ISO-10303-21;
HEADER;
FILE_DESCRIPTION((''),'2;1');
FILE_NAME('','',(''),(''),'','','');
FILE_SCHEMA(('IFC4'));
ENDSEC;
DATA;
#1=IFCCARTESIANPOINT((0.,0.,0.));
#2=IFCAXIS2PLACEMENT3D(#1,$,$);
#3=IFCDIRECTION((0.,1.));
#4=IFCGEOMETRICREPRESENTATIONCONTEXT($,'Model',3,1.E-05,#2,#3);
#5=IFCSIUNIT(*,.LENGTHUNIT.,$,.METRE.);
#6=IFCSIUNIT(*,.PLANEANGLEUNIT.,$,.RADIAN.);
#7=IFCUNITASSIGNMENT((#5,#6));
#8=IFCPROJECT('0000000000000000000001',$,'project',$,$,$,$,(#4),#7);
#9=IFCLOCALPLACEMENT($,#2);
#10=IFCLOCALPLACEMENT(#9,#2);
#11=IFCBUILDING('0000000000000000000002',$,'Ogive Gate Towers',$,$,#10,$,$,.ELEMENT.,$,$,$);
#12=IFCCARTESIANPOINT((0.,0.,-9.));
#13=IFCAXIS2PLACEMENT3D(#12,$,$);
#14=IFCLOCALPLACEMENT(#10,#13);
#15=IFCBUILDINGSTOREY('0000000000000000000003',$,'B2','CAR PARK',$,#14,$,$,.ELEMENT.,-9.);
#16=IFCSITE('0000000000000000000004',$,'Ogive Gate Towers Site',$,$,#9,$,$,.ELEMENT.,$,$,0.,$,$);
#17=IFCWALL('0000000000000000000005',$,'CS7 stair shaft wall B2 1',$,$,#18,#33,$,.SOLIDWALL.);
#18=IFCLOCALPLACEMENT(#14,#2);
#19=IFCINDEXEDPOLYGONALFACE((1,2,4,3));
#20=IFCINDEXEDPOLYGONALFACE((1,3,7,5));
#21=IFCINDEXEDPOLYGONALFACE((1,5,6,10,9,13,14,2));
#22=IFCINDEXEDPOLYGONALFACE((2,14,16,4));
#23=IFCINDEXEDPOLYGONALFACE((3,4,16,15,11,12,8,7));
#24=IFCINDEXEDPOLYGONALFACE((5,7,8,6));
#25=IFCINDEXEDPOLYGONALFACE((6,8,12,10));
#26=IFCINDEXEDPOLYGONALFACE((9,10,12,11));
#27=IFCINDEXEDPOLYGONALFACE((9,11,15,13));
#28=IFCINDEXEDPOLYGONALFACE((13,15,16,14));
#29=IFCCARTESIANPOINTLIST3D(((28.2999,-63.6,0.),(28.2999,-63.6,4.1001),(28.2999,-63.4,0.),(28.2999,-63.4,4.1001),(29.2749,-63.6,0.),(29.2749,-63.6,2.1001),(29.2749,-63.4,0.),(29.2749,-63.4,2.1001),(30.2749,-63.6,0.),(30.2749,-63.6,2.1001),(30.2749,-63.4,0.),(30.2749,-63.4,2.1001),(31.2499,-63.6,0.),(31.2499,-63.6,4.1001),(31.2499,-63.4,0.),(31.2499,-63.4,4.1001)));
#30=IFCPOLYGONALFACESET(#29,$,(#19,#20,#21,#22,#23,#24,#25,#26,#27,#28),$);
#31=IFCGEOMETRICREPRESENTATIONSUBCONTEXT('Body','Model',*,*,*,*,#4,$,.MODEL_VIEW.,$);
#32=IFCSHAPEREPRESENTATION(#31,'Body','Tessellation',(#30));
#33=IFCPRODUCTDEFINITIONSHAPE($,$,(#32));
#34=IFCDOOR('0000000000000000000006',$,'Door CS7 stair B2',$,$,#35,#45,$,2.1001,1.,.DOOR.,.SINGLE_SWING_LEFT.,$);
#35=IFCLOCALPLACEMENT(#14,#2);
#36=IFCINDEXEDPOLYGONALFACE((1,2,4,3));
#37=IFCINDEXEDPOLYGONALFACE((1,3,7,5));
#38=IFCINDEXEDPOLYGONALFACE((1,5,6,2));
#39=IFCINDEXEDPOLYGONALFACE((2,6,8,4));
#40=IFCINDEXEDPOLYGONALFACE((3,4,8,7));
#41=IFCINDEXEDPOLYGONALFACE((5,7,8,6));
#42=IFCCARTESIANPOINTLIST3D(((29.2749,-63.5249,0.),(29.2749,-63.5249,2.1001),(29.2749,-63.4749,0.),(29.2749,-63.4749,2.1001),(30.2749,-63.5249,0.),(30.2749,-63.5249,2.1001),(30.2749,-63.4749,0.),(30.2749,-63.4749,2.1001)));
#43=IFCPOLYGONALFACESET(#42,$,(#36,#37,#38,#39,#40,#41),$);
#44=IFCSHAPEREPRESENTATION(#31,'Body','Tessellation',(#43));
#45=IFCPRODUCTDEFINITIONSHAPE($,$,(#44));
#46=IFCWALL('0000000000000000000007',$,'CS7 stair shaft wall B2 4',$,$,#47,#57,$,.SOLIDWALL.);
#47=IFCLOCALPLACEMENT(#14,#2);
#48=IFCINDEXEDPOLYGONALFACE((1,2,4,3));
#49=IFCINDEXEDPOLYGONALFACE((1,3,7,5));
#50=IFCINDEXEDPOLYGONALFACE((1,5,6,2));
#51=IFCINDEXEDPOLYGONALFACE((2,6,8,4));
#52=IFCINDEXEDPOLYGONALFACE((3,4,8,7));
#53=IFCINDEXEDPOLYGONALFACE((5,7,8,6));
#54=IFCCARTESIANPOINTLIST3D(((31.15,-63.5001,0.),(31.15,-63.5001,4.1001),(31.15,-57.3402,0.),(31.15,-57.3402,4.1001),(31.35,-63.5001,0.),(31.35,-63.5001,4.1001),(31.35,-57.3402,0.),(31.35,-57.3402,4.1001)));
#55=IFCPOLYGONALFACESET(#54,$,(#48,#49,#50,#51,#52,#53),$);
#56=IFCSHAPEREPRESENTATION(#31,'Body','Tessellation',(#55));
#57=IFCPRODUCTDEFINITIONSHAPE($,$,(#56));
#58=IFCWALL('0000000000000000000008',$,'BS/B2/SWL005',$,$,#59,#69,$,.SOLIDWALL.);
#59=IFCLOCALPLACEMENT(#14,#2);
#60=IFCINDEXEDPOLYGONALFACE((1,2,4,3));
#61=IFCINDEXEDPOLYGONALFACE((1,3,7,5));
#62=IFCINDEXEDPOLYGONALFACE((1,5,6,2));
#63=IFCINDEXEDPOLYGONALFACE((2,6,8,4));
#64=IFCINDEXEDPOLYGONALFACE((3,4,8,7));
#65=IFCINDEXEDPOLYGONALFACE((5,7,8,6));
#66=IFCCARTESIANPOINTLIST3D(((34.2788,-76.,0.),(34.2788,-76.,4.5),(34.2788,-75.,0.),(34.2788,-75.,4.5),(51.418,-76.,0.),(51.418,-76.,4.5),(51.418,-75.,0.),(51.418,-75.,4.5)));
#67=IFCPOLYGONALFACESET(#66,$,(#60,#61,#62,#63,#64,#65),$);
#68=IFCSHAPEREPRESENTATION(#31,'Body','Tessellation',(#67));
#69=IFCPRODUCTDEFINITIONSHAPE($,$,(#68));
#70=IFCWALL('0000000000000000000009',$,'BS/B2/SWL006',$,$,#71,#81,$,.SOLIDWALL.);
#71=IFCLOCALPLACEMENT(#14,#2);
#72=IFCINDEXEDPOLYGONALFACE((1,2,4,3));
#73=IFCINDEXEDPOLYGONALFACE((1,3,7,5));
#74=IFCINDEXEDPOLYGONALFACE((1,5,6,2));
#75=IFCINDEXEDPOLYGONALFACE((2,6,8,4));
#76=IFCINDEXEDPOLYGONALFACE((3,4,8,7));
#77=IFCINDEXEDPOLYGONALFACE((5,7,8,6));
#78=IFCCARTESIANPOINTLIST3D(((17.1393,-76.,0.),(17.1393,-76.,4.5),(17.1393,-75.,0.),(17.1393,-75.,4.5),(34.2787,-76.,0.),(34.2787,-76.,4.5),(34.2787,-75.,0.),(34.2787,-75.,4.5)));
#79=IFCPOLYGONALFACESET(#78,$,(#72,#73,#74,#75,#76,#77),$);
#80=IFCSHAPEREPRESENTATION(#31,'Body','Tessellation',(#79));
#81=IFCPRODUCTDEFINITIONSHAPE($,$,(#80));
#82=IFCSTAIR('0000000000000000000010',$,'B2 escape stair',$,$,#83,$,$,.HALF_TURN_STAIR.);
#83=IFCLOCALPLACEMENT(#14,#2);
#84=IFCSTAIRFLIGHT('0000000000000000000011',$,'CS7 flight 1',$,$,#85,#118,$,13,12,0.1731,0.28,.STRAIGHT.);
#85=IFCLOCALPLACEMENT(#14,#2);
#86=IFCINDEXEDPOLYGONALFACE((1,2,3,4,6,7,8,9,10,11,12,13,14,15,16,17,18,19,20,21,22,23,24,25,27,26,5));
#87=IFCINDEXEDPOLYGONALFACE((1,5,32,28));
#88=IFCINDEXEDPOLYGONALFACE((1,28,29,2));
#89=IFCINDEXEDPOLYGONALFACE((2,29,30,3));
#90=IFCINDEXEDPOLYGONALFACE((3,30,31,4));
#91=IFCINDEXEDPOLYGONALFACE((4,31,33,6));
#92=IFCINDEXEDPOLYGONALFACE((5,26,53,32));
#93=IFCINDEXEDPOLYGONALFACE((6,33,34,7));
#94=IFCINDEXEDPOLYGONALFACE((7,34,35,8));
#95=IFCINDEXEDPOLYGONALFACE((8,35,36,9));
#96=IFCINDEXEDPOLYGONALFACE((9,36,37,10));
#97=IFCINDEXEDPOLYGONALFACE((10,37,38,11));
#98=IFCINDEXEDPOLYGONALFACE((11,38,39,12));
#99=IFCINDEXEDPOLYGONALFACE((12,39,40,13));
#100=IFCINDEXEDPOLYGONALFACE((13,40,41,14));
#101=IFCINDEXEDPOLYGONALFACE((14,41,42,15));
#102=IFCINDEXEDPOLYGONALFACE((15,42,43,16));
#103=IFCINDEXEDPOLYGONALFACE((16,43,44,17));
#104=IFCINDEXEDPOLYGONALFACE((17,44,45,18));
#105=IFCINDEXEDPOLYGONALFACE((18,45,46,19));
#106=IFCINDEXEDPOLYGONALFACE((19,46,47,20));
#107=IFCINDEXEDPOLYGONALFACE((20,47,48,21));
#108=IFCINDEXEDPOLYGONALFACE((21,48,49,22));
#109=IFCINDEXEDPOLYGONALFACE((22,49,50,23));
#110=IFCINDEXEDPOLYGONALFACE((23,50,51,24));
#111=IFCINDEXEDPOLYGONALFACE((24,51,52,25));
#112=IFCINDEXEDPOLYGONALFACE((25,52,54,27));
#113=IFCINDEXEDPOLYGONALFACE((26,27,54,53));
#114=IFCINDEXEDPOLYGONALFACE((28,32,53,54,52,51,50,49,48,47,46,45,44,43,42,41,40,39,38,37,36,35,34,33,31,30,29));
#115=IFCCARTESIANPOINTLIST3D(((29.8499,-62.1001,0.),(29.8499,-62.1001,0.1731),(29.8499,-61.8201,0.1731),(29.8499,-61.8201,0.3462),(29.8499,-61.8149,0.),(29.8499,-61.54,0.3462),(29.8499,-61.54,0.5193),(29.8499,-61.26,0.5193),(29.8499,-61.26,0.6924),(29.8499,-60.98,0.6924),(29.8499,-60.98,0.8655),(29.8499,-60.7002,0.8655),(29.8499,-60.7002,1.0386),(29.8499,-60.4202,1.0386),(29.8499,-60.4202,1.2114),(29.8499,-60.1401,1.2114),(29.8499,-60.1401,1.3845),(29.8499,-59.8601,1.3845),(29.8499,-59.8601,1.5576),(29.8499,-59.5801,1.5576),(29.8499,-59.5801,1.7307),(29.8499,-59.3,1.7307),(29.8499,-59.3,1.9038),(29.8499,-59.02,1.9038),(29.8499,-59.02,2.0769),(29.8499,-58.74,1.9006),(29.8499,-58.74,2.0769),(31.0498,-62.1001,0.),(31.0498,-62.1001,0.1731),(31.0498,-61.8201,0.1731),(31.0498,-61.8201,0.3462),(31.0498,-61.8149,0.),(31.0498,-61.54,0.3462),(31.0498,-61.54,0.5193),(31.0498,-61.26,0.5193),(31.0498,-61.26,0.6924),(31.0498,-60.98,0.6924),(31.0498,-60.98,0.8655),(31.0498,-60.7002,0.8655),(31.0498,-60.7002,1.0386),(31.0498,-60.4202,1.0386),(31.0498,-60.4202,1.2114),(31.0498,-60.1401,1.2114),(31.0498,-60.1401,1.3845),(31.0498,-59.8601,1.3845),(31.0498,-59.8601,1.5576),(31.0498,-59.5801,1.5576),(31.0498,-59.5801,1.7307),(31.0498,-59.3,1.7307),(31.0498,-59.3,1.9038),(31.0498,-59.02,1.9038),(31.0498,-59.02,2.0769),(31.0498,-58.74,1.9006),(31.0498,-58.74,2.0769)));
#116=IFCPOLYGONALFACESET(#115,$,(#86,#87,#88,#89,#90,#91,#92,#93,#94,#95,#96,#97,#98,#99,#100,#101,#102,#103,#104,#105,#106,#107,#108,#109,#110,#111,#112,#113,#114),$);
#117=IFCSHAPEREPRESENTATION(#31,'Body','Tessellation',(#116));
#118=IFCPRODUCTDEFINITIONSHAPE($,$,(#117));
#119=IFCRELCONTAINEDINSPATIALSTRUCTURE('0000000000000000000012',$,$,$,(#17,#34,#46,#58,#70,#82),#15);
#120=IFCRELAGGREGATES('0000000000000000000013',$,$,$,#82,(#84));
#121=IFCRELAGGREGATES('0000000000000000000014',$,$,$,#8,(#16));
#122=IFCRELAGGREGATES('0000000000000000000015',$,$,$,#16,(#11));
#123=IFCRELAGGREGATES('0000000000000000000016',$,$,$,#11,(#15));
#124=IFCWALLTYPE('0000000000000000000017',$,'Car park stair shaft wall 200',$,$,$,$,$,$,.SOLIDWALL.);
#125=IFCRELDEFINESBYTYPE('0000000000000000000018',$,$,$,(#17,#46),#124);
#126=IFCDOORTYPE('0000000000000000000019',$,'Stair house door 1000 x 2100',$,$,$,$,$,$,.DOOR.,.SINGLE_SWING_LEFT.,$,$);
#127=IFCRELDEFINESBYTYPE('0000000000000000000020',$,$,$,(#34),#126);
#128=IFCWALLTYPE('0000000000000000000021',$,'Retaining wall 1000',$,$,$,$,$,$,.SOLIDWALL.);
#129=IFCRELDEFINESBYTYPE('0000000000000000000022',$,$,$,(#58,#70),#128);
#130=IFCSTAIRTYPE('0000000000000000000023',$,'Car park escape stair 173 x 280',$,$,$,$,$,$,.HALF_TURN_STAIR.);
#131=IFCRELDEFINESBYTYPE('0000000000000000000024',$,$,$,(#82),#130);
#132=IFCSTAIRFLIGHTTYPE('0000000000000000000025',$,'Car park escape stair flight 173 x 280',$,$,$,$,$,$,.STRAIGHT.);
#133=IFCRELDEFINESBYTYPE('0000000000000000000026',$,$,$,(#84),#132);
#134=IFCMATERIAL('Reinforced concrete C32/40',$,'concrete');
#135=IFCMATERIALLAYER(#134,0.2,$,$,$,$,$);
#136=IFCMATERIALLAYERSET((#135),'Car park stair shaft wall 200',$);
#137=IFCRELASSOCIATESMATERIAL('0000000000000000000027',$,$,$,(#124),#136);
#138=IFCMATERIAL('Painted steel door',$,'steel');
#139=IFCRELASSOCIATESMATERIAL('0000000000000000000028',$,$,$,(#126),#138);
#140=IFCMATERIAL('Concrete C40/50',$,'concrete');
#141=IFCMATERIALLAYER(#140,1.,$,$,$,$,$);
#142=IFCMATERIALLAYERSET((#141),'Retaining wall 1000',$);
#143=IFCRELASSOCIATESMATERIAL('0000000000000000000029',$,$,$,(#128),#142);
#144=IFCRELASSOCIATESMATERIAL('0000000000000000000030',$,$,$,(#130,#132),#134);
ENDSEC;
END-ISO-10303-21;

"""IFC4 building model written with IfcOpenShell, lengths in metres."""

from ifc_helpers import new_model, si_unit, direction, frame, frame_2d, origin, place, context, subcontext, project, spatial, polyline, rectangle, outline, extrude, material, layer, layer_set, type_object, element, fill, aggregate, save


model = new_model("IFC4")

# Units and contexts
model_context = context("Model", 3, precision=1e-05, world=origin(), true_north=direction((0.0, 1.0)))
body_context = subcontext(model_context, "Body", "Model", "MODEL_VIEW")
ifc_project = project(units=[si_unit("LENGTHUNIT", "METRE"), si_unit("PLANEANGLEUNIT", "RADIAN")], contexts=[model_context])

# Site, building, storey
site_placement = place(None, origin())
site = spatial("IfcSite", under=ifc_project, at=site_placement, Name="Ogive Gate Towers Site", CompositionType="ELEMENT", RefElevation=0.0)
building_placement = place(site_placement, origin())
building = spatial("IfcBuilding", under=site, at=building_placement, Name="Ogive Gate Towers", CompositionType="ELEMENT")
storey_placement = place(building_placement, frame((0.0, 0.0, -9.0)))
storey = spatial("IfcBuildingStorey", under=building, at=storey_placement, Name="B2", Description="CAR PARK", CompositionType="ELEMENT", Elevation=-9.0)

# Shared definitions
ifc_material_1 = material(Name="Concrete C40/50", Category="concrete")

# Wall, opening, door
ifc_material_2 = material(Name="Reinforced concrete C32/40", Category="concrete")
ifc_layer_1 = layer(ifc_material_2, 0.2)
ifc_layer_set_1 = layer_set([ifc_layer_1], Name="Car park stair shaft wall 200")
wall_type_1 = type_object("IfcWallType", Name="Car park stair shaft wall 200", PredefinedType="SOLIDWALL", material=ifc_layer_set_1)
wall_1_placement = place(storey_placement, frame((31.25, -63.5, 0.0), z_axis=(0.0, 0.0, 1.0), x_axis=(-1.0, 0.0, 0.0)))
wall_1 = element("IfcWall", 1, at=wall_1_placement, inside=storey, type_object=wall_type_1, Name="CS7 stair shaft wall B2 1", PredefinedType="SOLIDWALL", context=body_context, shape_type="SweptSolid", body=[
    extrude(rectangle(XDim=2.95, YDim=0.2, at=frame_2d((1.4751, 0.0))), origin(), (0.0, 0.0, 1.0), 4.1001),
])
opening_placement = place(wall_1_placement, frame((0.9751, 0.0, 0.0)))
opening = element("IfcOpeningElement", 2, at=opening_placement, cuts=wall_1, PredefinedType="OPENING", context=body_context, shape_type="SweptSolid", body=[
    extrude(rectangle(XDim=1.0, YDim=2.1001, at=frame_2d((0.5, 1.05))), frame((0.0, 0.1099, 0.0), z_axis=(0.0, -1.0, 0.0), x_axis=(1.0, 0.0, 0.0)), (0.0, 0.0, 1.0), 0.22),
])
ifc_material_3 = material(Name="Painted steel door", Category="steel")
door_type = type_object("IfcDoorType", Name="Stair house door 1000 x 2100", OperationType="SINGLE_SWING_LEFT", PredefinedType="DOOR", material=ifc_material_3)
door_placement = place(opening_placement, origin())
door = element("IfcDoor", 3, at=door_placement, inside=storey, type_object=door_type, Name="Door CS7 stair B2", OperationType="SINGLE_SWING_LEFT", OverallHeight=2.1001, OverallWidth=1.0, PredefinedType="DOOR", context=body_context, shape_type="SweptSolid", body=[
    extrude(rectangle(XDim=1.0, YDim=2.1001, at=frame_2d((0.5, 1.05))), frame((0.0, 0.0249, 0.0), z_axis=(0.0, -1.0, 0.0), x_axis=(1.0, 0.0, 0.0)), (0.0, 0.0, 1.0), 0.05),
])
fill(opening, door)

# Walls
wall_2_placement = place(storey_placement, frame((31.25, -57.3401, 0.0), z_axis=(0.0, 0.0, 1.0), x_axis=(0.0, -1.0, 0.0)))
element("IfcWall", 4, at=wall_2_placement, inside=storey, type_object=wall_type_1, Name="CS7 stair shaft wall B2 4", PredefinedType="SOLIDWALL", context=body_context, shape_type="SweptSolid", body=[
    extrude(rectangle(XDim=6.1599, YDim=0.2, at=frame_2d((3.0801, 0.0))), origin(), (0.0, 0.0, 1.0), 4.1001),
])
ifc_layer_2 = layer(ifc_material_1, 1.0)
ifc_layer_set_2 = layer_set([ifc_layer_2], Name="Retaining wall 1000")
wall_type_2 = type_object("IfcWallType", Name="Retaining wall 1000", PredefinedType="SOLIDWALL", material=ifc_layer_set_2)
wall_3_placement = place(storey_placement, frame((51.418, -75.5, 0.0), z_axis=(0.0, 0.0, 1.0), x_axis=(-1.0, 0.0, 0.0)))
element("IfcWall", 5, at=wall_3_placement, inside=storey, type_object=wall_type_2, Name="BS/B2/SWL005", PredefinedType="SOLIDWALL", context=body_context, shape_type="SweptSolid", body=[
    extrude(rectangle(XDim=17.1392, YDim=1.0, at=frame_2d((8.5696, 0.0))), origin(), (0.0, 0.0, 1.0), 4.5),
])
wall_4_placement = place(storey_placement, frame((34.2788, -75.5, 0.0), z_axis=(0.0, 0.0, 1.0), x_axis=(-1.0, 0.0, 0.0)))
element("IfcWall", 6, at=wall_4_placement, inside=storey, type_object=wall_type_2, Name="BS/B2/SWL006", PredefinedType="SOLIDWALL", context=body_context, shape_type="SweptSolid", body=[
    extrude(rectangle(XDim=17.1394, YDim=1.0, at=frame_2d((8.5698, 0.0))), origin(), (0.0, 0.0, 1.0), 4.5),
])

# Stair, stair flight
stair_type = type_object("IfcStairType", Name="Car park escape stair 173 x 280", PredefinedType="HALF_TURN_STAIR", material=ifc_material_2)
stair_placement = place(storey_placement, origin())
stair = element("IfcStair", 7, at=stair_placement, inside=storey, type_object=stair_type, Name="B2 escape stair", PredefinedType="HALF_TURN_STAIR")
stair_flight_type = type_object("IfcStairFlightType", Name="Car park escape stair flight 173 x 280", PredefinedType="STRAIGHT", material=ifc_material_2)
stair_flight_placement = place(storey_placement, frame((30.45, -62.1001, 0.0), z_axis=(0.0, 0.0, 1.0), x_axis=(0.0, 1.0, 0.0)))
stair_flight = element("IfcStairFlight", 8, at=stair_flight_placement, type_object=stair_flight_type, Name="CS7 flight 1", NumberOfRisers=13, NumberOfTreads=12, PredefinedType="STRAIGHT", RiserHeight=0.1731, TreadLength=0.28, context=body_context, shape_type="SweptSolid", body=[
    extrude(outline(polyline([(0.0, 0.0), (0.0, 0.1731), (0.28, 0.1731), (0.28, 0.3462), (0.5601, 0.3462), (0.5601, 0.5193), (0.8401, 0.5193), (0.8401, 0.6924), (1.1201, 0.6924), (1.1201, 0.8655), (1.3999, 0.8655), (1.3999, 1.0386), (1.6799, 1.0386), (1.6799, 1.2114), (1.96, 1.2114), (1.96, 1.3845), (2.24, 1.3845), (2.24, 1.5576), (2.52, 1.5576), (2.52, 1.7307), (2.8, 1.7307), (2.8, 1.9038), (3.0801, 1.9038), (3.0801, 2.0769), (3.3601, 2.0769), (3.3601, 2.25), (3.3601, 1.9006), (0.2852, 0.0), (0.0, 0.0)])), frame((0.0, 0.6001, 0.0), z_axis=(0.0, -1.0, 0.0), x_axis=(1.0, 0.0, 0.0)), (0.0, 0.0, 1.0), 1.2),
])
aggregate(stair, [stair_flight])

save(model, "model.ifc")
